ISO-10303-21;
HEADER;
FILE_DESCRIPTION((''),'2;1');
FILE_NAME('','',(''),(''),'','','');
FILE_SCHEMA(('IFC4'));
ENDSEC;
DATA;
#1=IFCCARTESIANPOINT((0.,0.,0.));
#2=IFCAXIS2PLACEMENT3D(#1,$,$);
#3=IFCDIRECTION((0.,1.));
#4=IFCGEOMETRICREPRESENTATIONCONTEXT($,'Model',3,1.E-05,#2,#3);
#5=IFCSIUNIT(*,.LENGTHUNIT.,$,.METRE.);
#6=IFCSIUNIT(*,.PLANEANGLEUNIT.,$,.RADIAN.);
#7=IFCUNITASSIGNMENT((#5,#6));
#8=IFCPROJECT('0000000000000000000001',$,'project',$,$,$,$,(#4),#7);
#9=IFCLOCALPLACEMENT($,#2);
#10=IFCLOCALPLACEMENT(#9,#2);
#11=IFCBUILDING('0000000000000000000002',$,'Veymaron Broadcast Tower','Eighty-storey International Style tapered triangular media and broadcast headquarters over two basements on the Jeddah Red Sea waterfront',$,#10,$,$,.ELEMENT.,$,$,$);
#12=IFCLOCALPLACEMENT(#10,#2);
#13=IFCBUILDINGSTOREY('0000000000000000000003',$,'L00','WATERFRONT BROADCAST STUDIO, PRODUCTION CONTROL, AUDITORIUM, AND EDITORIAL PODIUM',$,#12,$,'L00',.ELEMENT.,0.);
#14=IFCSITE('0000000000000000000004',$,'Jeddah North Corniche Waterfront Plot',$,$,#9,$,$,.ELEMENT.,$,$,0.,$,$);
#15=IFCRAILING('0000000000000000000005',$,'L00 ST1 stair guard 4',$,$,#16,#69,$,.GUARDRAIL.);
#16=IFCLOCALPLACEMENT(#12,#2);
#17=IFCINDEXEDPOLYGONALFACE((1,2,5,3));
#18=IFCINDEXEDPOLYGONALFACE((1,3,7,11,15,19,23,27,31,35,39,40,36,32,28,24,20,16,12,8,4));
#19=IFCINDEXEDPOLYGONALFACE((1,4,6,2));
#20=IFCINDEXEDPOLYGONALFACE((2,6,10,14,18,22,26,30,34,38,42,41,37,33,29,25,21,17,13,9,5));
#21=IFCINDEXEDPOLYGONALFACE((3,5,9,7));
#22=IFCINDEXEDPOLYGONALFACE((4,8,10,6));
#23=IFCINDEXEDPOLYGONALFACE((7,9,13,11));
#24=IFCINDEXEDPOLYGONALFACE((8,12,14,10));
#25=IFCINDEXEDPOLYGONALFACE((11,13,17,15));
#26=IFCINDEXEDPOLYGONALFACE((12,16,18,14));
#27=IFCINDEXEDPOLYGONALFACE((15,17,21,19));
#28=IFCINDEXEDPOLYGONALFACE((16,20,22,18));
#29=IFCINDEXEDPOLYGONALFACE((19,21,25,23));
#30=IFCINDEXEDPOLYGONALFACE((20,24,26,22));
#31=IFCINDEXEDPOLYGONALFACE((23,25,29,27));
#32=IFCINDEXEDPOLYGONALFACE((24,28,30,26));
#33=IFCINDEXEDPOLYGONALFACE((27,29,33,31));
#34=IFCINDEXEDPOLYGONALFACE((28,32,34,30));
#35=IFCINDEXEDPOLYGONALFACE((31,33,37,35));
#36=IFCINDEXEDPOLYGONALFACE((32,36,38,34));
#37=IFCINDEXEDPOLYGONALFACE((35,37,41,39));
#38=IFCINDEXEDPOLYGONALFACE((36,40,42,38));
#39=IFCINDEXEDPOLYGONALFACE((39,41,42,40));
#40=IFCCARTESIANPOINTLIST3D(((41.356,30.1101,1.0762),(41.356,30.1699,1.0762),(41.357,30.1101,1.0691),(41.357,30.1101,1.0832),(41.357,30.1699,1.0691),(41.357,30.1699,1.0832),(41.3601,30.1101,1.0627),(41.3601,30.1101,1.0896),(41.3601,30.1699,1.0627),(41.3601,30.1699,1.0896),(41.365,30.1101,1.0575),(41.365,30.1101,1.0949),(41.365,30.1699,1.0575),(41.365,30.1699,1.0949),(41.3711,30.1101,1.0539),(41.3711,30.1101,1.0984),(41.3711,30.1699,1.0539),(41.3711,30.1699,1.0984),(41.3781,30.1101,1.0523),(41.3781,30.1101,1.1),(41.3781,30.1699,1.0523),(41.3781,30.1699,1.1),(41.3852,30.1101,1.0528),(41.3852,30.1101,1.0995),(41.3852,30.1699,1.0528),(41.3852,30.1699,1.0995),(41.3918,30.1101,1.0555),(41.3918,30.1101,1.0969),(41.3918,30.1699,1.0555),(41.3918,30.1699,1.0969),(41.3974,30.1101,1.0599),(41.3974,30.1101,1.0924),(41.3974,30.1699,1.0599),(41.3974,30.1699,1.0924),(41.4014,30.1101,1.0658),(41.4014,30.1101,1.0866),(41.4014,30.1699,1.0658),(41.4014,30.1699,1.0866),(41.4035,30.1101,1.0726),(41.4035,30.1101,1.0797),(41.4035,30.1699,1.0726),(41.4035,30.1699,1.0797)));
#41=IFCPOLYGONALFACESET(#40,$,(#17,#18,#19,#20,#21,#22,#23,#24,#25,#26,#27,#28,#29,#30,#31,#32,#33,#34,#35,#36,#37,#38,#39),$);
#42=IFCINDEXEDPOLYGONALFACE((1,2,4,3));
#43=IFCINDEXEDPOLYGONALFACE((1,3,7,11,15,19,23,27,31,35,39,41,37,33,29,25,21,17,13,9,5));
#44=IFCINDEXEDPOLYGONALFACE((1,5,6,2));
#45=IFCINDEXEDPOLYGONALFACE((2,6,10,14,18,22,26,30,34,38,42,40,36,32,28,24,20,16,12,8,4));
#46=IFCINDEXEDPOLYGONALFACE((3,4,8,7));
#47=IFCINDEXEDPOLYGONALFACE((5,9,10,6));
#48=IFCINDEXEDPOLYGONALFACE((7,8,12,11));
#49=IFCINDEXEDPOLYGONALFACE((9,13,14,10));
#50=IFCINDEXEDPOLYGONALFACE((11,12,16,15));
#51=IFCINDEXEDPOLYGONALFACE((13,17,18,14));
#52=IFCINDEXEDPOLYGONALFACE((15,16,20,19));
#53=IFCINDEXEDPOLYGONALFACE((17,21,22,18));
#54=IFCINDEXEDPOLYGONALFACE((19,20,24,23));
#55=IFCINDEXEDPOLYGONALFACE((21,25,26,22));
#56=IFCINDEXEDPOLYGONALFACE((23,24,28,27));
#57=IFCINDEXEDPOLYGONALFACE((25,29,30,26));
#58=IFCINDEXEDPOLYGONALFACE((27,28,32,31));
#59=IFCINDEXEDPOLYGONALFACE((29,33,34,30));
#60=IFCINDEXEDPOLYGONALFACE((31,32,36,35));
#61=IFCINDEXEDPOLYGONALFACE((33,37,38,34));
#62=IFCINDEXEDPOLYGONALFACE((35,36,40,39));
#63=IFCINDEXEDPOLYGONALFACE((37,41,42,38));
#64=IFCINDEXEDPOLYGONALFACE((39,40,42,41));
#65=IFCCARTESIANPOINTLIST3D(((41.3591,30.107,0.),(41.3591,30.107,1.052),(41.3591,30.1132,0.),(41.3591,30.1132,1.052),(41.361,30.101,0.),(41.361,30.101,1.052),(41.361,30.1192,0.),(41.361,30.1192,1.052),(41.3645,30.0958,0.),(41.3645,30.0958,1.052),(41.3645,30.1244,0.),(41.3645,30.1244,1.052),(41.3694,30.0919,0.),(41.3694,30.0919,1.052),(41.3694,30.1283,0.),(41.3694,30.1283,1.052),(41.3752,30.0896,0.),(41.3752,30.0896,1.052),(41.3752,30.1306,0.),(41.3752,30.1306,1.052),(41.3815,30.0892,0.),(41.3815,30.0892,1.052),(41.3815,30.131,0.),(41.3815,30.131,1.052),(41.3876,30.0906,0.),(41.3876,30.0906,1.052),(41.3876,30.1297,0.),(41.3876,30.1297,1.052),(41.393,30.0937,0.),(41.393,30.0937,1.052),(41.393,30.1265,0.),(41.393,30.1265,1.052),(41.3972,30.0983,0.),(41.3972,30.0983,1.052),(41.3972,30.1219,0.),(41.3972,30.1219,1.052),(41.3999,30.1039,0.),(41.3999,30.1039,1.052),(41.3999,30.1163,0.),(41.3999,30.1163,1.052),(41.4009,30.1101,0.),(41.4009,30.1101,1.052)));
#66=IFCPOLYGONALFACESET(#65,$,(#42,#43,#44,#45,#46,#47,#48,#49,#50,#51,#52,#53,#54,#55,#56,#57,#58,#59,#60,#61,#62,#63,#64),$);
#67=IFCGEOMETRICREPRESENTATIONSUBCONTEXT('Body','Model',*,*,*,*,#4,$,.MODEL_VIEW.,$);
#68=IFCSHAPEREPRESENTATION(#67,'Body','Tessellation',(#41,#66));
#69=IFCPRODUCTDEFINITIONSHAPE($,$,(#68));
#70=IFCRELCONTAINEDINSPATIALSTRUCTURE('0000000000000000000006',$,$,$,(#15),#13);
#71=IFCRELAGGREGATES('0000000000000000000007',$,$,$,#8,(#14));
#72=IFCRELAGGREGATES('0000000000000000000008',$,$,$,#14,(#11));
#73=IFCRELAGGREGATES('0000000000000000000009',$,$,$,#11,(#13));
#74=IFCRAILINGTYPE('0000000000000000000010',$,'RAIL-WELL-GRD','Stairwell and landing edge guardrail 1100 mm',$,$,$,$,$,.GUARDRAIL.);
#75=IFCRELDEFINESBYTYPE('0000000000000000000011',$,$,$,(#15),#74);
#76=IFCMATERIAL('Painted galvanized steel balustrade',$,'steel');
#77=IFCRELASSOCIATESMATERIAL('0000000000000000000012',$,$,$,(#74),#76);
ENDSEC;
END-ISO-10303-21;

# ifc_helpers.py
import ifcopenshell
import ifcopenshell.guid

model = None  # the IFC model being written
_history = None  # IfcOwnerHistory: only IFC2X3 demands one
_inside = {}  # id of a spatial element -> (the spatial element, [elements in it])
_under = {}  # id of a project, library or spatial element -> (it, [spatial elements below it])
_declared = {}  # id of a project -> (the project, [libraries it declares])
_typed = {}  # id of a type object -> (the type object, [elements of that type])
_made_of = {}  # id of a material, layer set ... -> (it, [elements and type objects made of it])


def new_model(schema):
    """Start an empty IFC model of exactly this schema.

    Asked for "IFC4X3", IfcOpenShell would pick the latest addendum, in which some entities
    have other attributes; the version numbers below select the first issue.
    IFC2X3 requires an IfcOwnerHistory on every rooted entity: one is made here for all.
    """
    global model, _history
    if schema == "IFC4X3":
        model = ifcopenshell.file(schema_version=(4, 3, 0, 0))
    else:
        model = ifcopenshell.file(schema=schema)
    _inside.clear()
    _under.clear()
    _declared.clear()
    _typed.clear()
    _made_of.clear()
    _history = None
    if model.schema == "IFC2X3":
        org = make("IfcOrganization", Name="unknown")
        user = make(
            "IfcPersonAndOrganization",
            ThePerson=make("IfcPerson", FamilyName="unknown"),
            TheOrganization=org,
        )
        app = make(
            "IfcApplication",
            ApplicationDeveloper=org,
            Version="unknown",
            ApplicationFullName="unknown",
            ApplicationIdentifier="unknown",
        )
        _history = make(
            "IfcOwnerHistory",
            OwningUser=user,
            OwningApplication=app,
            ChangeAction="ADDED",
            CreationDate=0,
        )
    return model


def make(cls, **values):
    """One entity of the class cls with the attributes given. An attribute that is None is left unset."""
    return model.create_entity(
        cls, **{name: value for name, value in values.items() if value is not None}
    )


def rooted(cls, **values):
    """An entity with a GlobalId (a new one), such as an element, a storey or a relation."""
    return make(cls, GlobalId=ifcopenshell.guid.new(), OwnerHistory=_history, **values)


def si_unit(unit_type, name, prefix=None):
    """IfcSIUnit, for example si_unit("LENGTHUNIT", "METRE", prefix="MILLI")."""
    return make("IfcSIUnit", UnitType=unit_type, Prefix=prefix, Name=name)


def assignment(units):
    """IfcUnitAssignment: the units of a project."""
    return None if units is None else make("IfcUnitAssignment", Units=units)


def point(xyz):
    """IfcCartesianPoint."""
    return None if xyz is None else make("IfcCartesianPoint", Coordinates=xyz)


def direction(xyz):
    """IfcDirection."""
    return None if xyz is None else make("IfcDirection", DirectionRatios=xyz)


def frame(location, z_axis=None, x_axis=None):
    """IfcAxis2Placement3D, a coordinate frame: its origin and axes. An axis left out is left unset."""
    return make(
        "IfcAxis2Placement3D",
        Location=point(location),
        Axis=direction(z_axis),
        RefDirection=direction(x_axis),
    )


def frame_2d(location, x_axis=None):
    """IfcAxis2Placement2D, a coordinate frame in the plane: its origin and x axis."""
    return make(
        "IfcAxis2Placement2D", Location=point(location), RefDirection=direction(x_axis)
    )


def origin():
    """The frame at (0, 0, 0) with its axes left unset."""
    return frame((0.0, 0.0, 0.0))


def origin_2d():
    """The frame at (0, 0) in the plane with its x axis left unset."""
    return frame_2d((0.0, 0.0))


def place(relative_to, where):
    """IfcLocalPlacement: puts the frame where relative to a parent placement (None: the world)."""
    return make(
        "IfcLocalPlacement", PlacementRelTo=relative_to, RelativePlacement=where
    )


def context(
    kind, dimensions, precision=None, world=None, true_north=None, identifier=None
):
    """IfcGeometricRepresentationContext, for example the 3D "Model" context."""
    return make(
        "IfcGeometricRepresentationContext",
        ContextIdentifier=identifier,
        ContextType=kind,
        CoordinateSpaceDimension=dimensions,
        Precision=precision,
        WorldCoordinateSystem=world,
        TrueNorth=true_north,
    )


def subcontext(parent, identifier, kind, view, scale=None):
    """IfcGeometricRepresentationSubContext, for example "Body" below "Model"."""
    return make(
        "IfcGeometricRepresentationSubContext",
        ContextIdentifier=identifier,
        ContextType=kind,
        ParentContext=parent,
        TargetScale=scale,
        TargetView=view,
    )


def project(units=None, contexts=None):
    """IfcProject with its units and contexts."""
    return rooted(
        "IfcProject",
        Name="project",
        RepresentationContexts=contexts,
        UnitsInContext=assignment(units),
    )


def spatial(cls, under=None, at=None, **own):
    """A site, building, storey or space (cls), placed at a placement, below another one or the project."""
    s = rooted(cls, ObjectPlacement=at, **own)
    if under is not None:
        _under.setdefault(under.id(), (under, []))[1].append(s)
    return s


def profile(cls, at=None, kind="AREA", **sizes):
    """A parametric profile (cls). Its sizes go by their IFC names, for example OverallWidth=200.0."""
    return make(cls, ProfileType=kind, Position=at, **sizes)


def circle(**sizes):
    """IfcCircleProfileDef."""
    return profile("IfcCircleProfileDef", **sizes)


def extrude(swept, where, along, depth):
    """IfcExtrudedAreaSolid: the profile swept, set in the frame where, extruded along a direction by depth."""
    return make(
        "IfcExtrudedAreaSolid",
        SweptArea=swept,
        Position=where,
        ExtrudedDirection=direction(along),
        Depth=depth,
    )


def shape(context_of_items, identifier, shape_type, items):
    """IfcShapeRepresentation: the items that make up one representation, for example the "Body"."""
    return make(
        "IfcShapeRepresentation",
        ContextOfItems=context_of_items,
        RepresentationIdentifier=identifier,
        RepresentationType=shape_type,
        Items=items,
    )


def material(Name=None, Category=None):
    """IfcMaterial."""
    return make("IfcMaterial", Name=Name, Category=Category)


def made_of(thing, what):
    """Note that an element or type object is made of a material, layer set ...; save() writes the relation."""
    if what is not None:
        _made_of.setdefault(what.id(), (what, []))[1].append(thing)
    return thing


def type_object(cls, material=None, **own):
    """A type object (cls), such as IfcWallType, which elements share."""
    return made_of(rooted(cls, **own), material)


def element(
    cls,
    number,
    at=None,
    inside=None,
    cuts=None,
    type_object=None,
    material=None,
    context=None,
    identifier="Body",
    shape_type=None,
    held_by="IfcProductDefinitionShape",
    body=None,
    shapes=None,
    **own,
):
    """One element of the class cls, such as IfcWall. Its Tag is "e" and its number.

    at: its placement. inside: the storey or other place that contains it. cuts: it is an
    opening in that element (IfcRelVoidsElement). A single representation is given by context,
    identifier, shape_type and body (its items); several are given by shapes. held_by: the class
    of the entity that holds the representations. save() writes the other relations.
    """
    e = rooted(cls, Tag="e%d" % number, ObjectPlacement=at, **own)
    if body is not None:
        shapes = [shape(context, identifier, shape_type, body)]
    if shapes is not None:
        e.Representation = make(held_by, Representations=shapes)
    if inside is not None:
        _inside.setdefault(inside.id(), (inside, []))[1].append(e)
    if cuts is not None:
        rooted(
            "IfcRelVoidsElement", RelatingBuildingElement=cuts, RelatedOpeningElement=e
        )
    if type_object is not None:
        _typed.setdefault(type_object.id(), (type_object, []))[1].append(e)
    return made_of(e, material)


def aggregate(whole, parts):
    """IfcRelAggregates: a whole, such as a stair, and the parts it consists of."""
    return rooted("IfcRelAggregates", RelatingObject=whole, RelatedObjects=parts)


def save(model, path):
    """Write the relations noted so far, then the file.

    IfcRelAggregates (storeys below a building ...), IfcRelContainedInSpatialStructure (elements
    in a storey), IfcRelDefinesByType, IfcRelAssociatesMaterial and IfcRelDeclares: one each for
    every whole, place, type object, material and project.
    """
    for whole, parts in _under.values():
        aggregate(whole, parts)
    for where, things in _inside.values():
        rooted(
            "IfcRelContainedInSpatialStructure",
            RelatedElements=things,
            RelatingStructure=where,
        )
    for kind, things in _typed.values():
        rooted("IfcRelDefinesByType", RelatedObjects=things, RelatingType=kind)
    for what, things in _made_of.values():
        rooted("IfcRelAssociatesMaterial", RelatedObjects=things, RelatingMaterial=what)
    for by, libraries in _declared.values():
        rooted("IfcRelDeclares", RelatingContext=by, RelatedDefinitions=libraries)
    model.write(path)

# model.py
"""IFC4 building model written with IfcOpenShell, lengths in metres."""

from ifc_helpers import new_model, si_unit, direction, frame, origin, origin_2d, place, context, subcontext, project, spatial, circle, extrude, material, type_object, element, save


model = new_model("IFC4")

# Units and contexts
model_context = context("Model", 3, precision=1e-05, world=origin(), true_north=direction((0.0, 1.0)))
body_context = subcontext(model_context, "Body", "Model", "MODEL_VIEW")
ifc_project = project(units=[si_unit("LENGTHUNIT", "METRE"), si_unit("PLANEANGLEUNIT", "RADIAN")], contexts=[model_context])

# Site, building, storey
site_placement = place(None, origin())
site = spatial("IfcSite", under=ifc_project, at=site_placement, Name="Jeddah North Corniche Waterfront Plot", CompositionType="ELEMENT", RefElevation=0.0)
building_placement = place(site_placement, origin())
building = spatial("IfcBuilding", under=site, at=building_placement, Name="Veymaron Broadcast Tower", Description="Eighty-storey International Style tapered triangular media and broadcast headquarters over two basements on the Jeddah Red Sea waterfront", CompositionType="ELEMENT")
storey_placement = place(building_placement, origin())
storey = spatial("IfcBuildingStorey", under=building, at=storey_placement, Name="L00", Description="WATERFRONT BROADCAST STUDIO, PRODUCTION CONTROL, AUDITORIUM, AND EDITORIAL PODIUM", LongName="L00", CompositionType="ELEMENT", Elevation=0.0)

# Railing
ifc_material_1 = material(Name="Painted galvanized steel balustrade", Category="steel")
railing_type_1 = type_object("IfcRailingType", Name="RAIL-WELL-GRD", Description="Stairwell and landing edge guardrail 1100 mm", PredefinedType="GUARDRAIL", material=ifc_material_1)
railing_1_placement = place(storey_placement, frame((41.3799, 30.1101, 0.0)))
element("IfcRailing", 1, at=railing_1_placement, inside=storey, type_object=railing_type_1, Name="L00 ST1 stair guard 4", PredefinedType="GUARDRAIL", context=body_context, shape_type="SweptSolid", body=[
    extrude(circle(Radius=0.0239, at=origin_2d()), frame((0.0, 0.0, 1.0762), z_axis=(0.0, 1.0, 0.0), x_axis=(-1.0, 0.0, 0.0)), (0.0, 0.0, 1.0), 0.0598),
    extrude(circle(Radius=0.021, at=origin_2d()), origin(), (0.0, 0.0, 1.0), 1.052),
])

save(model, "model.ifc")
